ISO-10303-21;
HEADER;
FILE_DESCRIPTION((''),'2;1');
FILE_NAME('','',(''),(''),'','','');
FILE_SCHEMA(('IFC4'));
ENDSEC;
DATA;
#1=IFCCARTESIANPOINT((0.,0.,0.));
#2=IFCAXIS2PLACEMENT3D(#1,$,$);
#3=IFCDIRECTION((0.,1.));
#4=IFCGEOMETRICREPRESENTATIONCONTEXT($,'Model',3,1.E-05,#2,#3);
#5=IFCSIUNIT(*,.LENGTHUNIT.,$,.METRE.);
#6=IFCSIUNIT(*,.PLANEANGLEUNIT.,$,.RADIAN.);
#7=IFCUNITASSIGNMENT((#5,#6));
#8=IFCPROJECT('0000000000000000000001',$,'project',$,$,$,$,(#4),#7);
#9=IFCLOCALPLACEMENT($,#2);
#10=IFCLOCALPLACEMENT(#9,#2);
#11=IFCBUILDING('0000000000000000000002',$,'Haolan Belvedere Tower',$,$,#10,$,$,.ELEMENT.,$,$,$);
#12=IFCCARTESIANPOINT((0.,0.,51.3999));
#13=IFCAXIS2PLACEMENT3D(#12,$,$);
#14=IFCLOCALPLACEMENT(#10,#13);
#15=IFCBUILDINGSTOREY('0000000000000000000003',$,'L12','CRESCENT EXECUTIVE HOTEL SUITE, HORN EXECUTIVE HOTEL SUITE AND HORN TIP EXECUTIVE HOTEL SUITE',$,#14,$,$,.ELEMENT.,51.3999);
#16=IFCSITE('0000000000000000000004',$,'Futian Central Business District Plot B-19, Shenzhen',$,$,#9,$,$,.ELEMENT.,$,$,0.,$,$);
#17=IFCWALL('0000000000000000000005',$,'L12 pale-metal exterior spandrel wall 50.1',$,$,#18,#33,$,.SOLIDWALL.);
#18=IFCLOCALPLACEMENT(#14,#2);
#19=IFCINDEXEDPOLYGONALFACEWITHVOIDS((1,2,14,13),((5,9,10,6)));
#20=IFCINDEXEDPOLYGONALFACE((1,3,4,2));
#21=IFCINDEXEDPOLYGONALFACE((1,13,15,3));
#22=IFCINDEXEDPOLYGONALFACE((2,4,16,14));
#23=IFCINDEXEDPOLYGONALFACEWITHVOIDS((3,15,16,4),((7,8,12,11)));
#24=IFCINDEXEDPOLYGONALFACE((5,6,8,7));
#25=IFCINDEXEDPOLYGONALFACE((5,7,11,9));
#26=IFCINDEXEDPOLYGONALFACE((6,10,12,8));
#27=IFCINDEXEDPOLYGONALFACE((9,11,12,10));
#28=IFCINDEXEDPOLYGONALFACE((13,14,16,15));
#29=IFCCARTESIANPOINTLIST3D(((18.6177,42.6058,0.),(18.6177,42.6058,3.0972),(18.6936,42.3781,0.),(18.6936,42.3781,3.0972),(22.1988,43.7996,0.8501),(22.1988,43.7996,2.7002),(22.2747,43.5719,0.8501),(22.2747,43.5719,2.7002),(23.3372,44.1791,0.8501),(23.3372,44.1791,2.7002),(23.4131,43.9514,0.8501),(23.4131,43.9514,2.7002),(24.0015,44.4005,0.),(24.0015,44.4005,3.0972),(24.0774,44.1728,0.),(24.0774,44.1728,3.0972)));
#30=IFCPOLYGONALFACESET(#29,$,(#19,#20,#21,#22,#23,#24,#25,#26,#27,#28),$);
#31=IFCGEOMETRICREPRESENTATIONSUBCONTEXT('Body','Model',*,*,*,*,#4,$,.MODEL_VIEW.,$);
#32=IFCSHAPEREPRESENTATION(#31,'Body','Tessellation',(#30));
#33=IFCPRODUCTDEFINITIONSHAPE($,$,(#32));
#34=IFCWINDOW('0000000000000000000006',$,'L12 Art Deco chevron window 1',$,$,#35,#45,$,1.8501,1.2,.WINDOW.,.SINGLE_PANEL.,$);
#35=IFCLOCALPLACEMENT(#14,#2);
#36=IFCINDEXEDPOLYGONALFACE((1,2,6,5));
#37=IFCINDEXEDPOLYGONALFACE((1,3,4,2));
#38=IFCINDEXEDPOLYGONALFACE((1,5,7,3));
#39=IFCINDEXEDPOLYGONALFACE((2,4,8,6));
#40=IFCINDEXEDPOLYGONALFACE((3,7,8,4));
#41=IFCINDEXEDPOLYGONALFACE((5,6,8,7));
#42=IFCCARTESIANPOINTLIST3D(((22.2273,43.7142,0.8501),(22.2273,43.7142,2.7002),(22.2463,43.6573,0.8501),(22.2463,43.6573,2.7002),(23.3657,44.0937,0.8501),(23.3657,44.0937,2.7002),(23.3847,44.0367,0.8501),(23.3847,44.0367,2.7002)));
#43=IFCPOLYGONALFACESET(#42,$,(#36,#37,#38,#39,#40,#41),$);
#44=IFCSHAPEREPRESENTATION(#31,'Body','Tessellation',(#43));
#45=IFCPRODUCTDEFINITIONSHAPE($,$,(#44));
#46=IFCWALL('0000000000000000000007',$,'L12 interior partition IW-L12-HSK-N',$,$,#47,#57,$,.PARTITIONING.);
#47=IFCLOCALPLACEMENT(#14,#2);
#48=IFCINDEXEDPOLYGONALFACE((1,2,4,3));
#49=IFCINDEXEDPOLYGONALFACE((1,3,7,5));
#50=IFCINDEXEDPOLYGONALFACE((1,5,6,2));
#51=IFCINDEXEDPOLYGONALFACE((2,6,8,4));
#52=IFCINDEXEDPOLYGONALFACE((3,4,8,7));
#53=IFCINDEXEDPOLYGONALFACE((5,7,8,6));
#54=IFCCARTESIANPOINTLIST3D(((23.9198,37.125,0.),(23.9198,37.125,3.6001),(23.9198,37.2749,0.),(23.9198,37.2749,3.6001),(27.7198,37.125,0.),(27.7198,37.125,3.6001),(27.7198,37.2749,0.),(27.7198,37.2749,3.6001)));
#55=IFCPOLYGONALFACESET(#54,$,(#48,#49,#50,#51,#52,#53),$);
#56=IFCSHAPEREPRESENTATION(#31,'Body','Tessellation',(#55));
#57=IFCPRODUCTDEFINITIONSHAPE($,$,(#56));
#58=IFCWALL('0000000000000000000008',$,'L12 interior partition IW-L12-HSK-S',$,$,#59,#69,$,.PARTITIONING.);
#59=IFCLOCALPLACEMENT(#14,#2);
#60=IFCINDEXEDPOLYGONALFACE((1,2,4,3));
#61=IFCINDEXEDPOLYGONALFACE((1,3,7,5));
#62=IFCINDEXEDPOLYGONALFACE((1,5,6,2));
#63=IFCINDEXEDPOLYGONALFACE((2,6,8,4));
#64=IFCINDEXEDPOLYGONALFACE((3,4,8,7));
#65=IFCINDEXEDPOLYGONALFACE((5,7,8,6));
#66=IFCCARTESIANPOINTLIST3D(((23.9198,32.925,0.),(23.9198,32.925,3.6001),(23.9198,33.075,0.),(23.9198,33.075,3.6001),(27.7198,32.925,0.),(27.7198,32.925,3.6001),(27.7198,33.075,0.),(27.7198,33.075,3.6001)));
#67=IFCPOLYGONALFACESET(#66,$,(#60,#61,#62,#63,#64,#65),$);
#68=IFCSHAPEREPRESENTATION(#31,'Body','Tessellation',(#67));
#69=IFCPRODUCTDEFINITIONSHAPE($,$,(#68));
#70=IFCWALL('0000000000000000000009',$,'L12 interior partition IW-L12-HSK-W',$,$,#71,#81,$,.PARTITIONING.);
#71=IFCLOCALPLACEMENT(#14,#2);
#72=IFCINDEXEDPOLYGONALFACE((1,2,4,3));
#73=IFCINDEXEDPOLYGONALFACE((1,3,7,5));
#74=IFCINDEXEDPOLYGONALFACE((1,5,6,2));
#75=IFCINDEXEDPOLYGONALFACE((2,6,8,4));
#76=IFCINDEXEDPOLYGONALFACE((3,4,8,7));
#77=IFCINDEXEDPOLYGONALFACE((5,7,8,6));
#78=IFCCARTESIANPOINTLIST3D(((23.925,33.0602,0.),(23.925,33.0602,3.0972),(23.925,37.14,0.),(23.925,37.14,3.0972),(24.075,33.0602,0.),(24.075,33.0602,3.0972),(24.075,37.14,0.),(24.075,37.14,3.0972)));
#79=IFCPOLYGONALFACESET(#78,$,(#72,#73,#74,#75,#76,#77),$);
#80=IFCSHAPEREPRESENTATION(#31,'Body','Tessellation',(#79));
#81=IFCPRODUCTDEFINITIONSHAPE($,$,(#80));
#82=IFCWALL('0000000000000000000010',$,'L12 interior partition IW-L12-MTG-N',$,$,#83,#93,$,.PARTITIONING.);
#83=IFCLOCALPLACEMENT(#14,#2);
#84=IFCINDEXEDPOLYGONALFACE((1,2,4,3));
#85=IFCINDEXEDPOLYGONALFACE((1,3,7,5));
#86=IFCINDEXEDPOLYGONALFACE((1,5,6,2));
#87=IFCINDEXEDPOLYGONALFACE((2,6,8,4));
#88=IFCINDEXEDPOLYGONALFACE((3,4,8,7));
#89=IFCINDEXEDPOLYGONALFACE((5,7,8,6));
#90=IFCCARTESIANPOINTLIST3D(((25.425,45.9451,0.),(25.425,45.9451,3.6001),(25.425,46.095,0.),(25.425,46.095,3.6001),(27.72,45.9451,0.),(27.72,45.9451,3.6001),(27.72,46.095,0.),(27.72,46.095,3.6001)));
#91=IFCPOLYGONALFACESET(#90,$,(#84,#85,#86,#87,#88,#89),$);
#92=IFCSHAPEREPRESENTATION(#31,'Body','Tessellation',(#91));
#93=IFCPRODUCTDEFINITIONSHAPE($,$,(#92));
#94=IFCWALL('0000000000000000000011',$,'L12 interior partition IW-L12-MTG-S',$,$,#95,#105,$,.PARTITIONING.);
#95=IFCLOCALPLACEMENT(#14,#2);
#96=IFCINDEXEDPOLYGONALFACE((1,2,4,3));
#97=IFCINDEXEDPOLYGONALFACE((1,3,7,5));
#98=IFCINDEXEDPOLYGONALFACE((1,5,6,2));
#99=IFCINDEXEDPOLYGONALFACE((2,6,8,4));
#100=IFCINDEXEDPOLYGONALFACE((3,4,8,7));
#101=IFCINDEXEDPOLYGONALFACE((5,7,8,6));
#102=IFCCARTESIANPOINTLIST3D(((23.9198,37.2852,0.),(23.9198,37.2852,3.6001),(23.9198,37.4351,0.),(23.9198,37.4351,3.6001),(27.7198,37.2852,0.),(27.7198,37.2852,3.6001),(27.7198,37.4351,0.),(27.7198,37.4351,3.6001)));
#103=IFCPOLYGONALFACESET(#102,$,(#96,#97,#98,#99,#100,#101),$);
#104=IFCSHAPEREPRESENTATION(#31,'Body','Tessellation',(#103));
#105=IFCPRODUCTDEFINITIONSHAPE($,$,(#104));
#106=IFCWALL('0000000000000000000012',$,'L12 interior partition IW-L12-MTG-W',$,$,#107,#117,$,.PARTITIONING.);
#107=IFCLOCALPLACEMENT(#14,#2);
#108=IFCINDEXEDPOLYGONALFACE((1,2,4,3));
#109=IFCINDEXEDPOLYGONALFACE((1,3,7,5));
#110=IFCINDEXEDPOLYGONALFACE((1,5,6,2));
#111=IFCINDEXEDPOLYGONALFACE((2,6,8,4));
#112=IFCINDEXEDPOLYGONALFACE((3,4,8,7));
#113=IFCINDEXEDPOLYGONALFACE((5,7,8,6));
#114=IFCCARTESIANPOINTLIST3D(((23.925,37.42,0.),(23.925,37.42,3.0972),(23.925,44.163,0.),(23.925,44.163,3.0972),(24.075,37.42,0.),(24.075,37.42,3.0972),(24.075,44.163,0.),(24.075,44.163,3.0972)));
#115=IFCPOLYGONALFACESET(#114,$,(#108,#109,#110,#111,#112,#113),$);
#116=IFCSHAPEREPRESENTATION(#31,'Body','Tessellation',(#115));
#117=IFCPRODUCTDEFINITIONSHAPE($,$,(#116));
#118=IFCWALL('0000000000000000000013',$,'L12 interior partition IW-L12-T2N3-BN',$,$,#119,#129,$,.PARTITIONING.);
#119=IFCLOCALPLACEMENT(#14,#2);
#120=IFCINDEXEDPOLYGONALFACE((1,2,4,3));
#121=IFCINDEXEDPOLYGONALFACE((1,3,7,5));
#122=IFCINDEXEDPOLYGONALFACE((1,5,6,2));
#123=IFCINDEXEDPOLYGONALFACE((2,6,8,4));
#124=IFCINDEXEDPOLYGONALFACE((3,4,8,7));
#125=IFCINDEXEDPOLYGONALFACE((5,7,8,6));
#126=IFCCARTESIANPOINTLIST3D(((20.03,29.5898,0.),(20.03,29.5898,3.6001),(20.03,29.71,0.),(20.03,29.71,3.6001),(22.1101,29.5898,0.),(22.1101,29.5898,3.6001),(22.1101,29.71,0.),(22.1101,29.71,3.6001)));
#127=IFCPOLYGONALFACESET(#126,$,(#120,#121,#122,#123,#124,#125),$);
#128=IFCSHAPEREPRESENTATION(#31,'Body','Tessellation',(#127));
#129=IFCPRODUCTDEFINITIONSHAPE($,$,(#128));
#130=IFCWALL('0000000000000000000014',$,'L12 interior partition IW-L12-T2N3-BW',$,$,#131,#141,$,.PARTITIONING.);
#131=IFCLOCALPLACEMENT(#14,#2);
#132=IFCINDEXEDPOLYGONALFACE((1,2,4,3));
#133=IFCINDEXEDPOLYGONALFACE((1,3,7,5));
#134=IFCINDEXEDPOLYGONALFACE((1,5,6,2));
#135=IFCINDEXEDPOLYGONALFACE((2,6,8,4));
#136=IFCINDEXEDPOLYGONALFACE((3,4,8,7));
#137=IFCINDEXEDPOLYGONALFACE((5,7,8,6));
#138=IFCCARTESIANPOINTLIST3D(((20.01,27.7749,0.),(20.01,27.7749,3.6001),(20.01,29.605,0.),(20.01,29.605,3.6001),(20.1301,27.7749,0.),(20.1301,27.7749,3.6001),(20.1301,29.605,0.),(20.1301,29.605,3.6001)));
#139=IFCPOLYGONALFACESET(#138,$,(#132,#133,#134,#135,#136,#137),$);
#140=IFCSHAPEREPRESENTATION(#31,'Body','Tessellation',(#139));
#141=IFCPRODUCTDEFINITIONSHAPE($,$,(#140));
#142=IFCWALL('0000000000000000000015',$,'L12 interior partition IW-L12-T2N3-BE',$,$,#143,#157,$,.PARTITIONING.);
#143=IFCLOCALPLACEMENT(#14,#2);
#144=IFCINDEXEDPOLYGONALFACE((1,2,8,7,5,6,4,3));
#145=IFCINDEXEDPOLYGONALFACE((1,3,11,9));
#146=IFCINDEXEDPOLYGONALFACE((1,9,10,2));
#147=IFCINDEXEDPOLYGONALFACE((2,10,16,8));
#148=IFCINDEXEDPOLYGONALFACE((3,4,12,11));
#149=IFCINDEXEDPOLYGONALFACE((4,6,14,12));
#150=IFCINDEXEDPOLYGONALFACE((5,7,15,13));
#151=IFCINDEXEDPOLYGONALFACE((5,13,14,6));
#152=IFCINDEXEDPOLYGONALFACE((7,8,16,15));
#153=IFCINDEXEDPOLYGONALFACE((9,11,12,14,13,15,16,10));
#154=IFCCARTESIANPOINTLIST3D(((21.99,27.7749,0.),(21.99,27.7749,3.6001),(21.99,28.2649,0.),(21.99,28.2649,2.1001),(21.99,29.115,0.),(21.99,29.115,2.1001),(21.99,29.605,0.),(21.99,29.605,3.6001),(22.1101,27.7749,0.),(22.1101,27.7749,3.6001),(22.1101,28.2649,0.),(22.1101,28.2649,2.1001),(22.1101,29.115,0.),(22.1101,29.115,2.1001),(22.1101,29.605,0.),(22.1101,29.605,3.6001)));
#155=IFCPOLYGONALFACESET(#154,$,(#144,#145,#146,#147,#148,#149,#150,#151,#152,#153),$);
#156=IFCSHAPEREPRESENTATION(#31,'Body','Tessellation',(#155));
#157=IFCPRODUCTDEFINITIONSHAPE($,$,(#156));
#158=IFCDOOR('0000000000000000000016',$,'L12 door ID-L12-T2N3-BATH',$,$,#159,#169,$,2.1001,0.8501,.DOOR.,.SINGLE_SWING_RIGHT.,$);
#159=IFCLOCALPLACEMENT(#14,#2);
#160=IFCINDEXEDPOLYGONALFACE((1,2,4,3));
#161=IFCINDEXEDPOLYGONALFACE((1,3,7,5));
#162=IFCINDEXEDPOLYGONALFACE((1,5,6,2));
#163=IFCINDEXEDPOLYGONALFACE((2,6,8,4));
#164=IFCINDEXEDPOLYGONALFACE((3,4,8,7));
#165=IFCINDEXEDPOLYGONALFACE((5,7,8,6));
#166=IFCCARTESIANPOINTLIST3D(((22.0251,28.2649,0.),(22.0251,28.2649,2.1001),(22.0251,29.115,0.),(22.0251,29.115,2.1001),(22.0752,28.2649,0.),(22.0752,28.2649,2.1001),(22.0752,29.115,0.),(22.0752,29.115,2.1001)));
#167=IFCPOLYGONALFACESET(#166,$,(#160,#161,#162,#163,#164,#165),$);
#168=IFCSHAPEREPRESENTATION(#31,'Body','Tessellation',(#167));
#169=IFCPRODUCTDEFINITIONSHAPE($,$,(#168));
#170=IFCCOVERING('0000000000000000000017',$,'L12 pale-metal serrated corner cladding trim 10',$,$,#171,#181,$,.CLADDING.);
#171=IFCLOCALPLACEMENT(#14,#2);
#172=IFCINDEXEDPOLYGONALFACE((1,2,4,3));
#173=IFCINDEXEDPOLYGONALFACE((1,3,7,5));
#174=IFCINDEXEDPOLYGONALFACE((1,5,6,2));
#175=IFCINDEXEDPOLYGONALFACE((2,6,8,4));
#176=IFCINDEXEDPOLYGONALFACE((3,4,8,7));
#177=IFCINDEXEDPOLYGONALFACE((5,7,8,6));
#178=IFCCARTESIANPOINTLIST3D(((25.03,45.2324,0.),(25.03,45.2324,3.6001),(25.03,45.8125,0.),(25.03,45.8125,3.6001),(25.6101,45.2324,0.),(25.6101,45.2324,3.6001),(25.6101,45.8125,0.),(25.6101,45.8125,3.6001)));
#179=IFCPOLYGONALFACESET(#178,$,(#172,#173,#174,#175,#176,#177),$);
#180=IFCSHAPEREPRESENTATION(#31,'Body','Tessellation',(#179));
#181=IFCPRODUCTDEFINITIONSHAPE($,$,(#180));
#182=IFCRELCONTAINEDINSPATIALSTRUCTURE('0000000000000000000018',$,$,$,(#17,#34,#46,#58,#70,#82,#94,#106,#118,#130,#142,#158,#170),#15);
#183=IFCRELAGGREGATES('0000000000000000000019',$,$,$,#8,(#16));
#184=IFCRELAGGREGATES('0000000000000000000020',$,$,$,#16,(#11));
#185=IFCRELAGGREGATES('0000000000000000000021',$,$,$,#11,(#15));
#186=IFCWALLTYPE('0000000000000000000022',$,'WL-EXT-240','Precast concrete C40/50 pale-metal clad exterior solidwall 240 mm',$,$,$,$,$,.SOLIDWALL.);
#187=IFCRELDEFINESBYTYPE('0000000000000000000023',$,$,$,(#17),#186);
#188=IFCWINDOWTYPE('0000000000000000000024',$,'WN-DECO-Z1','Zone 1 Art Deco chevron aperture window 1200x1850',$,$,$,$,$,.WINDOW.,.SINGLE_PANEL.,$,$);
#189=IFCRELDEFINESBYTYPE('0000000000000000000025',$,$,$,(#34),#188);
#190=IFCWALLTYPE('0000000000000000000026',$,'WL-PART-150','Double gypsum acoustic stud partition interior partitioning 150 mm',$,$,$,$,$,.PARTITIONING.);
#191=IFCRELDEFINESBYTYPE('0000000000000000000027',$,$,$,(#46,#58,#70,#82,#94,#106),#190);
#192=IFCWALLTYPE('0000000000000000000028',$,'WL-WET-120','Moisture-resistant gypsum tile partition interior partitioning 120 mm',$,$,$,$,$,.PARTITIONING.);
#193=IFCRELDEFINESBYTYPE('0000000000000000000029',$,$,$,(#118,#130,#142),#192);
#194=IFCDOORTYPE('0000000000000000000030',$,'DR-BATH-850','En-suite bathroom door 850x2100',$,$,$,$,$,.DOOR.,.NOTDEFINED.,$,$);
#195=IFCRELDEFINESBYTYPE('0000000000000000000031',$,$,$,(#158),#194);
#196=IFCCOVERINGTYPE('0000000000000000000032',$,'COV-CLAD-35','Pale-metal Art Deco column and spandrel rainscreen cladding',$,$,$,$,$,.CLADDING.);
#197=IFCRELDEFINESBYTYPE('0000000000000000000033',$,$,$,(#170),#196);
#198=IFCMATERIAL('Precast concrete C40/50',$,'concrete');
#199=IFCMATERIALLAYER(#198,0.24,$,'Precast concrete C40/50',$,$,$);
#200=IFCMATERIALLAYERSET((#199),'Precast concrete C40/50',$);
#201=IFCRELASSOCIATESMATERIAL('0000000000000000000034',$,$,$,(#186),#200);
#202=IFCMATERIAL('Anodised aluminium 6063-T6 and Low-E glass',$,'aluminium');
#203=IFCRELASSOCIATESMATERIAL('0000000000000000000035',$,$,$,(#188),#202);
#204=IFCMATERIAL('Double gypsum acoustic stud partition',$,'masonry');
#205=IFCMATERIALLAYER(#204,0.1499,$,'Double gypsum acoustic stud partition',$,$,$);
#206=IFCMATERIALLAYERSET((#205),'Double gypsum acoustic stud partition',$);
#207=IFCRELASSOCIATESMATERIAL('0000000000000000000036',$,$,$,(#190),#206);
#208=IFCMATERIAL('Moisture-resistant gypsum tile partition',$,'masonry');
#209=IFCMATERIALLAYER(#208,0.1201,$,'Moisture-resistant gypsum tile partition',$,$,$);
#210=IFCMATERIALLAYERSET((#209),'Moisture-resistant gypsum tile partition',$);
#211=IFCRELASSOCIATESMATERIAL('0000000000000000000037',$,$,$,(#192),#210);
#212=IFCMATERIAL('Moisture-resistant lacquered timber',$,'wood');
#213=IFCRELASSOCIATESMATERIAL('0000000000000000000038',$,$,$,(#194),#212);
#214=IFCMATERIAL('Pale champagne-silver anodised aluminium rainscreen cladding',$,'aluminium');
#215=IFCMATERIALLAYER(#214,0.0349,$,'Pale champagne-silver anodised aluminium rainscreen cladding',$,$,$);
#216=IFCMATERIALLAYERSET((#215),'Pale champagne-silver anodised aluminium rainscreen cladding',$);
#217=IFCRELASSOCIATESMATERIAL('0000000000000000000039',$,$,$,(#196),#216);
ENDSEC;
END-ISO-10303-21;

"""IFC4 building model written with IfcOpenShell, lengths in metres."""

from ifc_helpers import new_model, si_unit, direction, frame, frame_2d, origin, origin_2d, place, context, subcontext, project, spatial, rectangle, extrude, material, layer, layer_set, type_object, element, fill, save


model = new_model("IFC4")

# Units and contexts
model_context = context("Model", 3, precision=1e-05, world=origin(), true_north=direction((0.0, 1.0)))
body_context = subcontext(model_context, "Body", "Model", "MODEL_VIEW")
ifc_project = project(units=[si_unit("LENGTHUNIT", "METRE"), si_unit("PLANEANGLEUNIT", "RADIAN")], contexts=[model_context])

# Site, building, storey
site_placement = place(None, origin())
site = spatial("IfcSite", under=ifc_project, at=site_placement, Name="Futian Central Business District Plot B-19, Shenzhen", CompositionType="ELEMENT", RefElevation=0.0)
building_placement = place(site_placement, origin())
building = spatial("IfcBuilding", under=site, at=building_placement, Name="Haolan Belvedere Tower", CompositionType="ELEMENT")
storey_placement = place(building_placement, frame((0.0, 0.0, 51.3999)))
storey = spatial("IfcBuildingStorey", under=building, at=storey_placement, Name="L12", Description="CRESCENT EXECUTIVE HOTEL SUITE, HORN EXECUTIVE HOTEL SUITE AND HORN TIP EXECUTIVE HOTEL SUITE", CompositionType="ELEMENT", Elevation=51.3999)

# Shared definitions
ifc_material_1 = material(Name="Precast concrete C40/50", Category="concrete")
ifc_layer_1 = layer(ifc_material_1, 0.24, Name="Precast concrete C40/50")
ifc_layer_set_1 = layer_set([ifc_layer_1], Name="Precast concrete C40/50")
wall_type_1 = type_object("IfcWallType", Name="WL-EXT-240", Description="Precast concrete C40/50 pale-metal clad exterior solidwall 240 mm", PredefinedType="SOLIDWALL", material=ifc_layer_set_1)

# Wall, opening, window
wall_1_placement = place(storey_placement, frame((24.0393, 44.2866, 0.0), z_axis=(0.0, 0.0, 1.0), x_axis=(-0.948679, -0.316241, 0.0)))
wall_1 = element("IfcWall", 1, at=wall_1_placement, inside=storey, type_object=wall_type_1, Name="L12 pale-metal exterior spandrel wall 50.1", PredefinedType="SOLIDWALL", context=body_context, shape_type="SweptSolid", body=[
    extrude(rectangle(XDim=5.675, YDim=0.24, at=frame_2d((2.8374, 0.0))), origin(), (0.0, 0.0, 1.0), 3.0972),
])
opening_1_placement = place(wall_1_placement, frame((0.7, 0.0, 0.8501)))
opening_1 = element("IfcOpeningElement", 2, at=opening_1_placement, cuts=wall_1, PredefinedType="OPENING", context=body_context, shape_type="SweptSolid", body=[
    extrude(rectangle(XDim=1.2, YDim=1.8501, at=frame_2d((0.6001, 0.925))), frame((0.0, 0.1299, 0.0), z_axis=(0.0, -1.0, 0.0), x_axis=(1.0, 0.0, 0.0)), (0.0, 0.0, 1.0), 0.26),
])
ifc_material_2 = material(Name="Anodised aluminium 6063-T6 and Low-E glass", Category="aluminium")
window_type = type_object("IfcWindowType", Name="WN-DECO-Z1", Description="Zone 1 Art Deco chevron aperture window 1200x1850", PartitioningType="SINGLE_PANEL", PredefinedType="WINDOW", material=ifc_material_2)
window_placement = place(opening_1_placement, origin())
window = element("IfcWindow", 3, at=window_placement, inside=storey, type_object=window_type, Name="L12 Art Deco chevron window 1", OverallHeight=1.8501, OverallWidth=1.2, PartitioningType="SINGLE_PANEL", PredefinedType="WINDOW", context=body_context, shape_type="SweptSolid", body=[
    extrude(rectangle(XDim=1.2, YDim=1.8501, at=frame_2d((0.6001, 0.925))), frame((0.0, 0.03, 0.0), z_axis=(0.0, -1.0, 0.0), x_axis=(1.0, 0.0, 0.0)), (0.0, 0.0, 1.0), 0.0601),
])
fill(opening_1, window)

# Walls
ifc_material_3 = material(Name="Double gypsum acoustic stud partition", Category="masonry")
ifc_layer_2 = layer(ifc_material_3, 0.1499, Name="Double gypsum acoustic stud partition")
ifc_layer_set_2 = layer_set([ifc_layer_2], Name="Double gypsum acoustic stud partition")
wall_type_2 = type_object("IfcWallType", Name="WL-PART-150", Description="Double gypsum acoustic stud partition interior partitioning 150 mm", PredefinedType="PARTITIONING", material=ifc_layer_set_2)
for number, where, z_axis, x_axis, name in (
    (4, (23.9199, 37.2, 0.0), (0.0, 0.0, 1.0), (1.0, 0.0, 0.0), "L12 interior partition IW-L12-HSK-N"),
    (5, (23.9199, 33.0, 0.0), (0.0, 0.0, 1.0), (1.0, 0.0, 0.0), "L12 interior partition IW-L12-HSK-S"),
):
    element("IfcWall", number, at=place(storey_placement, frame(where, z_axis=z_axis, x_axis=x_axis)), inside=storey, type_object=wall_type_2, Name=name, PredefinedType="PARTITIONING", context=body_context, shape_type="SweptSolid", body=[
        extrude(rectangle(XDim=3.8, YDim=0.1499, at=frame_2d((1.8999, 0.0))), origin(), (0.0, 0.0, 1.0), 3.6001),
    ])
wall_2_placement = place(storey_placement, frame((24.0, 33.0601, 0.0), z_axis=(0.0, 0.0, 1.0), x_axis=(0.0, 1.0, 0.0)))
element("IfcWall", 6, at=wall_2_placement, inside=storey, type_object=wall_type_2, Name="L12 interior partition IW-L12-HSK-W", PredefinedType="PARTITIONING", context=body_context, shape_type="SweptSolid", body=[
    extrude(rectangle(XDim=4.0798, YDim=0.1499, at=frame_2d((2.04, 0.0))), origin(), (0.0, 0.0, 1.0), 3.0972),
])
wall_3_placement = place(storey_placement, frame((25.425, 46.02, 0.0), z_axis=(0.0, 0.0, 1.0), x_axis=(1.0, 0.0, 0.0)))
element("IfcWall", 7, at=wall_3_placement, inside=storey, type_object=wall_type_2, Name="L12 interior partition IW-L12-MTG-N", PredefinedType="PARTITIONING", context=body_context, shape_type="SweptSolid", body=[
    extrude(rectangle(XDim=2.2949, YDim=0.1499, at=frame_2d((1.1475, 0.0))), origin(), (0.0, 0.0, 1.0), 3.6001),
])
wall_4_placement = place(storey_placement, frame((23.9199, 37.3601, 0.0), z_axis=(0.0, 0.0, 1.0), x_axis=(1.0, 0.0, 0.0)))
element("IfcWall", 8, at=wall_4_placement, inside=storey, type_object=wall_type_2, Name="L12 interior partition IW-L12-MTG-S", PredefinedType="PARTITIONING", context=body_context, shape_type="SweptSolid", body=[
    extrude(rectangle(XDim=3.8, YDim=0.1499, at=frame_2d((1.8999, 0.0))), origin(), (0.0, 0.0, 1.0), 3.6001),
])
wall_5_placement = place(storey_placement, frame((24.0, 37.4199, 0.0), z_axis=(0.0, 0.0, 1.0), x_axis=(0.0, 1.0, 0.0)))
element("IfcWall", 9, at=wall_5_placement, inside=storey, type_object=wall_type_2, Name="L12 interior partition IW-L12-MTG-W", PredefinedType="PARTITIONING", context=body_context, shape_type="SweptSolid", body=[
    extrude(rectangle(XDim=6.7429, YDim=0.1499, at=frame_2d((3.3716, 0.0))), origin(), (0.0, 0.0, 1.0), 3.0972),
])
ifc_material_4 = material(Name="Moisture-resistant gypsum tile partition", Category="masonry")
ifc_layer_3 = layer(ifc_material_4, 0.1201, Name="Moisture-resistant gypsum tile partition")
ifc_layer_set_3 = layer_set([ifc_layer_3], Name="Moisture-resistant gypsum tile partition")
wall_type_3 = type_object("IfcWallType", Name="WL-WET-120", Description="Moisture-resistant gypsum tile partition interior partitioning 120 mm", PredefinedType="PARTITIONING", material=ifc_layer_set_3)
wall_6_placement = place(storey_placement, frame((20.03, 29.6499, 0.0), z_axis=(0.0, 0.0, 1.0), x_axis=(1.0, 0.0, 0.0)))
element("IfcWall", 10, at=wall_6_placement, inside=storey, type_object=wall_type_3, Name="L12 interior partition IW-L12-T2N3-BN", PredefinedType="PARTITIONING", context=body_context, shape_type="SweptSolid", body=[
    extrude(rectangle(XDim=2.0801, YDim=0.1201, at=frame_2d((1.04, 0.0))), origin(), (0.0, 0.0, 1.0), 3.6001),
])
wall_7_placement = place(storey_placement, frame((20.0701, 27.7749, 0.0), z_axis=(0.0, 0.0, 1.0), x_axis=(0.0, 1.0, 0.0)))
element("IfcWall", 11, at=wall_7_placement, inside=storey, type_object=wall_type_3, Name="L12 interior partition IW-L12-T2N3-BW", PredefinedType="PARTITIONING", context=body_context, shape_type="SweptSolid", body=[
    extrude(rectangle(XDim=1.8301, YDim=0.1201, at=frame_2d((0.915, 0.0))), origin(), (0.0, 0.0, 1.0), 3.6001),
])

# Wall, opening, door
wall_8_placement = place(storey_placement, frame((22.05, 27.7749, 0.0), z_axis=(0.0, 0.0, 1.0), x_axis=(0.0, 1.0, 0.0)))
wall_8 = element("IfcWall", 12, at=wall_8_placement, inside=storey, type_object=wall_type_3, Name="L12 interior partition IW-L12-T2N3-BE", PredefinedType="PARTITIONING", context=body_context, shape_type="SweptSolid", body=[
    extrude(rectangle(XDim=1.8301, YDim=0.1201, at=frame_2d((0.915, 0.0))), origin(), (0.0, 0.0, 1.0), 3.6001),
])
opening_2_placement = place(wall_8_placement, frame((0.49, 0.0, 0.0)))
opening_2 = element("IfcOpeningElement", 13, at=opening_2_placement, cuts=wall_8, PredefinedType="OPENING", context=body_context, shape_type="SweptSolid", body=[
    extrude(rectangle(XDim=0.8501, YDim=2.1001, at=frame_2d((0.425, 1.05))), frame((0.0, 0.0701, 0.0), z_axis=(0.0, -1.0, 0.0), x_axis=(1.0, 0.0, 0.0)), (0.0, 0.0, 1.0), 0.1401),
])
ifc_material_5 = material(Name="Moisture-resistant lacquered timber", Category="wood")
door_type = type_object("IfcDoorType", Name="DR-BATH-850", Description="En-suite bathroom door 850x2100", OperationType="NOTDEFINED", PredefinedType="DOOR", material=ifc_material_5)
door_placement = place(opening_2_placement, origin())
door = element("IfcDoor", 14, at=door_placement, inside=storey, type_object=door_type, Name="L12 door ID-L12-T2N3-BATH", OperationType="SINGLE_SWING_RIGHT", OverallHeight=2.1001, OverallWidth=0.8501, PredefinedType="DOOR", context=body_context, shape_type="SweptSolid", body=[
    extrude(rectangle(XDim=0.8501, YDim=2.1001, at=frame_2d((0.425, 1.05))), frame((0.0, 0.0249, 0.0), z_axis=(0.0, -1.0, 0.0), x_axis=(1.0, 0.0, 0.0)), (0.0, 0.0, 1.0), 0.05),
])
fill(opening_2, door)

# Covering
ifc_material_6 = material(Name="Pale champagne-silver anodised aluminium rainscreen cladding", Category="aluminium")
ifc_layer_4 = layer(ifc_material_6, 0.0349, Name="Pale champagne-silver anodised aluminium rainscreen cladding")
ifc_layer_set_4 = layer_set([ifc_layer_4], Name="Pale champagne-silver anodised aluminium rainscreen cladding")
covering_type = type_object("IfcCoveringType", Name="COV-CLAD-35", Description="Pale-metal Art Deco column and spandrel rainscreen cladding", PredefinedType="CLADDING", material=ifc_layer_set_4)
covering_1_placement = place(storey_placement, frame((25.3201, 45.5225, 0.0), z_axis=(0.0, 0.0, 1.0), x_axis=(1.0, 0.0, 0.0)))
element("IfcCovering", 15, at=covering_1_placement, inside=storey, type_object=covering_type, Name="L12 pale-metal serrated corner cladding trim 10", PredefinedType="CLADDING", context=body_context, shape_type="SweptSolid", body=[
    extrude(rectangle(XDim=0.5801, YDim=0.5801, at=origin_2d()), origin(), (0.0, 0.0, 1.0), 3.6001),
])

save(model, "model.ifc")
